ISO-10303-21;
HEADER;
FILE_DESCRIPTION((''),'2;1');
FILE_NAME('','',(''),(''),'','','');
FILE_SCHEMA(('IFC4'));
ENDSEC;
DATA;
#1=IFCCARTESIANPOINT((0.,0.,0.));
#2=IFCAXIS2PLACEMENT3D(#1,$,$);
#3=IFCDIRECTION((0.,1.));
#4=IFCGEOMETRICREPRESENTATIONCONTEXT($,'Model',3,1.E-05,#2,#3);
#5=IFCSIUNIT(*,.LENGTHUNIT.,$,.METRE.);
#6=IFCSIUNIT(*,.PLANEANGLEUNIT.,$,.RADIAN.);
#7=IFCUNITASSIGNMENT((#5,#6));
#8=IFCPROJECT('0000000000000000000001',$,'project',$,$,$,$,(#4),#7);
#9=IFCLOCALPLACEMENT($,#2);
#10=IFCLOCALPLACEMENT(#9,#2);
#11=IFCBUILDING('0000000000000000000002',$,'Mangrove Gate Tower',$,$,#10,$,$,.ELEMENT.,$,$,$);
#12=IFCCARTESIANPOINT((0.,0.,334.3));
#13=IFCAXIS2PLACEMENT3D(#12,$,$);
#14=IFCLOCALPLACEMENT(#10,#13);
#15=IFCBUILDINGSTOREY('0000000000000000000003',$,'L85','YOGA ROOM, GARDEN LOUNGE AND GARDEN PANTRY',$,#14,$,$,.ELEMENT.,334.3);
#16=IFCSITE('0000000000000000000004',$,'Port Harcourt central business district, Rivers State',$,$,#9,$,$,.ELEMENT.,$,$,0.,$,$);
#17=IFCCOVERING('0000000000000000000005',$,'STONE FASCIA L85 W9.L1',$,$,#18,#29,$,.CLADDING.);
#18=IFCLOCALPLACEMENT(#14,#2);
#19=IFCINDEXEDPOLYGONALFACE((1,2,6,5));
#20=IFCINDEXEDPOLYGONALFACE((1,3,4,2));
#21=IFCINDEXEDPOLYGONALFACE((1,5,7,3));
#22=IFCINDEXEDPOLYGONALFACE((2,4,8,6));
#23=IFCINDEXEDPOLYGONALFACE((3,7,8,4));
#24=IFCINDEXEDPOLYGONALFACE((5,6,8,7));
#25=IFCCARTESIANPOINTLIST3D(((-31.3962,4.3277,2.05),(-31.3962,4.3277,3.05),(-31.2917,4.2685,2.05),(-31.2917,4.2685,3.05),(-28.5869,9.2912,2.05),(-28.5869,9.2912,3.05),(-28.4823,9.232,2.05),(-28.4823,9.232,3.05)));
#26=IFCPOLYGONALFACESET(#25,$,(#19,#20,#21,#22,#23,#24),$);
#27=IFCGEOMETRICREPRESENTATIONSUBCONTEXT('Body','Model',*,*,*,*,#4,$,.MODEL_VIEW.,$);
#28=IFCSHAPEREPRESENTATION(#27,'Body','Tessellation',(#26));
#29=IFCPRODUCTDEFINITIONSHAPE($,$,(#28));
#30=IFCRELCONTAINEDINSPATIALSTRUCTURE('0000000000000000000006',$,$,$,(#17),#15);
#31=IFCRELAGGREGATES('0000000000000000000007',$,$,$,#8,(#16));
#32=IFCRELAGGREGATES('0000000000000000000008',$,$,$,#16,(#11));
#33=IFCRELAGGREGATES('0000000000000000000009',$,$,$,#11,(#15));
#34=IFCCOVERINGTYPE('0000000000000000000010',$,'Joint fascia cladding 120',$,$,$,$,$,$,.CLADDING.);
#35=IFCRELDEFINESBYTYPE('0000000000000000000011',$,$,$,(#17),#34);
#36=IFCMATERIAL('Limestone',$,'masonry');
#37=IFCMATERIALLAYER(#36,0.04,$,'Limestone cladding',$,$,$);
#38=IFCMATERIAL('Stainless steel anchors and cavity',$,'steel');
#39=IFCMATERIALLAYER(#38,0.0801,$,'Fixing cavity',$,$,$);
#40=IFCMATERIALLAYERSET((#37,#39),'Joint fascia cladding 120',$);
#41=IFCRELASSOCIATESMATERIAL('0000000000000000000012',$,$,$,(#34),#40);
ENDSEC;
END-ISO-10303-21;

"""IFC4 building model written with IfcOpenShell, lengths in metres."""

from ifc_helpers import new_model, si_unit, direction, frame, frame_2d, origin, place, context, subcontext, project, spatial, rectangle, extrude, material, layer, layer_set, type_object, element, save


model = new_model("IFC4")

# Units and contexts
model_context = context("Model", 3, precision=1e-05, world=origin(), true_north=direction((0.0, 1.0)))
body_context = subcontext(model_context, "Body", "Model", "MODEL_VIEW")
ifc_project = project(units=[si_unit("LENGTHUNIT", "METRE"), si_unit("PLANEANGLEUNIT", "RADIAN")], contexts=[model_context])

# Site, building, storey
site_placement = place(None, origin())
site = spatial("IfcSite", under=ifc_project, at=site_placement, Name="Port Harcourt central business district, Rivers State", CompositionType="ELEMENT", RefElevation=0.0)
building_placement = place(site_placement, origin())
building = spatial("IfcBuilding", under=site, at=building_placement, Name="Mangrove Gate Tower", CompositionType="ELEMENT")
storey_placement = place(building_placement, frame((0.0, 0.0, 334.3)))
storey = spatial("IfcBuildingStorey", under=building, at=storey_placement, Name="L85", Description="YOGA ROOM, GARDEN LOUNGE AND GARDEN PANTRY", CompositionType="ELEMENT", Elevation=334.3)

# Shared definitions
ifc_material_1 = material(Name="Limestone", Category="masonry")

# Covering
ifc_layer_1 = layer(ifc_material_1, 0.04, Name="Limestone cladding")
ifc_material_2 = material(Name="Stainless steel anchors and cavity", Category="steel")
ifc_layer_2 = layer(ifc_material_2, 0.0801, Name="Fixing cavity")
ifc_layer_set_1 = layer_set([ifc_layer_1, ifc_layer_2], Name="Joint fascia cladding 120")
covering_type = type_object("IfcCoveringType", Name="Joint fascia cladding 120", PredefinedType="CLADDING", material=ifc_layer_set_1)
covering_placement = place(storey_placement, frame((-28.5347, 9.2615, 2.05), z_axis=(0.0, 0.0, 1.0), x_axis=(-0.49258, -0.870267, 0.0)))
element("IfcCovering", 1, at=covering_placement, inside=storey, type_object=covering_type, Name="STONE FASCIA L85 W9.L1", PredefinedType="CLADDING", context=body_context, shape_type="SweptSolid", body=[
    extrude(rectangle(XDim=5.7034, YDim=0.1201, at=frame_2d((2.8516, 0.0))), origin(), (0.0, 0.0, 1.0), 1.0),
])

save(model, "model.ifc")
